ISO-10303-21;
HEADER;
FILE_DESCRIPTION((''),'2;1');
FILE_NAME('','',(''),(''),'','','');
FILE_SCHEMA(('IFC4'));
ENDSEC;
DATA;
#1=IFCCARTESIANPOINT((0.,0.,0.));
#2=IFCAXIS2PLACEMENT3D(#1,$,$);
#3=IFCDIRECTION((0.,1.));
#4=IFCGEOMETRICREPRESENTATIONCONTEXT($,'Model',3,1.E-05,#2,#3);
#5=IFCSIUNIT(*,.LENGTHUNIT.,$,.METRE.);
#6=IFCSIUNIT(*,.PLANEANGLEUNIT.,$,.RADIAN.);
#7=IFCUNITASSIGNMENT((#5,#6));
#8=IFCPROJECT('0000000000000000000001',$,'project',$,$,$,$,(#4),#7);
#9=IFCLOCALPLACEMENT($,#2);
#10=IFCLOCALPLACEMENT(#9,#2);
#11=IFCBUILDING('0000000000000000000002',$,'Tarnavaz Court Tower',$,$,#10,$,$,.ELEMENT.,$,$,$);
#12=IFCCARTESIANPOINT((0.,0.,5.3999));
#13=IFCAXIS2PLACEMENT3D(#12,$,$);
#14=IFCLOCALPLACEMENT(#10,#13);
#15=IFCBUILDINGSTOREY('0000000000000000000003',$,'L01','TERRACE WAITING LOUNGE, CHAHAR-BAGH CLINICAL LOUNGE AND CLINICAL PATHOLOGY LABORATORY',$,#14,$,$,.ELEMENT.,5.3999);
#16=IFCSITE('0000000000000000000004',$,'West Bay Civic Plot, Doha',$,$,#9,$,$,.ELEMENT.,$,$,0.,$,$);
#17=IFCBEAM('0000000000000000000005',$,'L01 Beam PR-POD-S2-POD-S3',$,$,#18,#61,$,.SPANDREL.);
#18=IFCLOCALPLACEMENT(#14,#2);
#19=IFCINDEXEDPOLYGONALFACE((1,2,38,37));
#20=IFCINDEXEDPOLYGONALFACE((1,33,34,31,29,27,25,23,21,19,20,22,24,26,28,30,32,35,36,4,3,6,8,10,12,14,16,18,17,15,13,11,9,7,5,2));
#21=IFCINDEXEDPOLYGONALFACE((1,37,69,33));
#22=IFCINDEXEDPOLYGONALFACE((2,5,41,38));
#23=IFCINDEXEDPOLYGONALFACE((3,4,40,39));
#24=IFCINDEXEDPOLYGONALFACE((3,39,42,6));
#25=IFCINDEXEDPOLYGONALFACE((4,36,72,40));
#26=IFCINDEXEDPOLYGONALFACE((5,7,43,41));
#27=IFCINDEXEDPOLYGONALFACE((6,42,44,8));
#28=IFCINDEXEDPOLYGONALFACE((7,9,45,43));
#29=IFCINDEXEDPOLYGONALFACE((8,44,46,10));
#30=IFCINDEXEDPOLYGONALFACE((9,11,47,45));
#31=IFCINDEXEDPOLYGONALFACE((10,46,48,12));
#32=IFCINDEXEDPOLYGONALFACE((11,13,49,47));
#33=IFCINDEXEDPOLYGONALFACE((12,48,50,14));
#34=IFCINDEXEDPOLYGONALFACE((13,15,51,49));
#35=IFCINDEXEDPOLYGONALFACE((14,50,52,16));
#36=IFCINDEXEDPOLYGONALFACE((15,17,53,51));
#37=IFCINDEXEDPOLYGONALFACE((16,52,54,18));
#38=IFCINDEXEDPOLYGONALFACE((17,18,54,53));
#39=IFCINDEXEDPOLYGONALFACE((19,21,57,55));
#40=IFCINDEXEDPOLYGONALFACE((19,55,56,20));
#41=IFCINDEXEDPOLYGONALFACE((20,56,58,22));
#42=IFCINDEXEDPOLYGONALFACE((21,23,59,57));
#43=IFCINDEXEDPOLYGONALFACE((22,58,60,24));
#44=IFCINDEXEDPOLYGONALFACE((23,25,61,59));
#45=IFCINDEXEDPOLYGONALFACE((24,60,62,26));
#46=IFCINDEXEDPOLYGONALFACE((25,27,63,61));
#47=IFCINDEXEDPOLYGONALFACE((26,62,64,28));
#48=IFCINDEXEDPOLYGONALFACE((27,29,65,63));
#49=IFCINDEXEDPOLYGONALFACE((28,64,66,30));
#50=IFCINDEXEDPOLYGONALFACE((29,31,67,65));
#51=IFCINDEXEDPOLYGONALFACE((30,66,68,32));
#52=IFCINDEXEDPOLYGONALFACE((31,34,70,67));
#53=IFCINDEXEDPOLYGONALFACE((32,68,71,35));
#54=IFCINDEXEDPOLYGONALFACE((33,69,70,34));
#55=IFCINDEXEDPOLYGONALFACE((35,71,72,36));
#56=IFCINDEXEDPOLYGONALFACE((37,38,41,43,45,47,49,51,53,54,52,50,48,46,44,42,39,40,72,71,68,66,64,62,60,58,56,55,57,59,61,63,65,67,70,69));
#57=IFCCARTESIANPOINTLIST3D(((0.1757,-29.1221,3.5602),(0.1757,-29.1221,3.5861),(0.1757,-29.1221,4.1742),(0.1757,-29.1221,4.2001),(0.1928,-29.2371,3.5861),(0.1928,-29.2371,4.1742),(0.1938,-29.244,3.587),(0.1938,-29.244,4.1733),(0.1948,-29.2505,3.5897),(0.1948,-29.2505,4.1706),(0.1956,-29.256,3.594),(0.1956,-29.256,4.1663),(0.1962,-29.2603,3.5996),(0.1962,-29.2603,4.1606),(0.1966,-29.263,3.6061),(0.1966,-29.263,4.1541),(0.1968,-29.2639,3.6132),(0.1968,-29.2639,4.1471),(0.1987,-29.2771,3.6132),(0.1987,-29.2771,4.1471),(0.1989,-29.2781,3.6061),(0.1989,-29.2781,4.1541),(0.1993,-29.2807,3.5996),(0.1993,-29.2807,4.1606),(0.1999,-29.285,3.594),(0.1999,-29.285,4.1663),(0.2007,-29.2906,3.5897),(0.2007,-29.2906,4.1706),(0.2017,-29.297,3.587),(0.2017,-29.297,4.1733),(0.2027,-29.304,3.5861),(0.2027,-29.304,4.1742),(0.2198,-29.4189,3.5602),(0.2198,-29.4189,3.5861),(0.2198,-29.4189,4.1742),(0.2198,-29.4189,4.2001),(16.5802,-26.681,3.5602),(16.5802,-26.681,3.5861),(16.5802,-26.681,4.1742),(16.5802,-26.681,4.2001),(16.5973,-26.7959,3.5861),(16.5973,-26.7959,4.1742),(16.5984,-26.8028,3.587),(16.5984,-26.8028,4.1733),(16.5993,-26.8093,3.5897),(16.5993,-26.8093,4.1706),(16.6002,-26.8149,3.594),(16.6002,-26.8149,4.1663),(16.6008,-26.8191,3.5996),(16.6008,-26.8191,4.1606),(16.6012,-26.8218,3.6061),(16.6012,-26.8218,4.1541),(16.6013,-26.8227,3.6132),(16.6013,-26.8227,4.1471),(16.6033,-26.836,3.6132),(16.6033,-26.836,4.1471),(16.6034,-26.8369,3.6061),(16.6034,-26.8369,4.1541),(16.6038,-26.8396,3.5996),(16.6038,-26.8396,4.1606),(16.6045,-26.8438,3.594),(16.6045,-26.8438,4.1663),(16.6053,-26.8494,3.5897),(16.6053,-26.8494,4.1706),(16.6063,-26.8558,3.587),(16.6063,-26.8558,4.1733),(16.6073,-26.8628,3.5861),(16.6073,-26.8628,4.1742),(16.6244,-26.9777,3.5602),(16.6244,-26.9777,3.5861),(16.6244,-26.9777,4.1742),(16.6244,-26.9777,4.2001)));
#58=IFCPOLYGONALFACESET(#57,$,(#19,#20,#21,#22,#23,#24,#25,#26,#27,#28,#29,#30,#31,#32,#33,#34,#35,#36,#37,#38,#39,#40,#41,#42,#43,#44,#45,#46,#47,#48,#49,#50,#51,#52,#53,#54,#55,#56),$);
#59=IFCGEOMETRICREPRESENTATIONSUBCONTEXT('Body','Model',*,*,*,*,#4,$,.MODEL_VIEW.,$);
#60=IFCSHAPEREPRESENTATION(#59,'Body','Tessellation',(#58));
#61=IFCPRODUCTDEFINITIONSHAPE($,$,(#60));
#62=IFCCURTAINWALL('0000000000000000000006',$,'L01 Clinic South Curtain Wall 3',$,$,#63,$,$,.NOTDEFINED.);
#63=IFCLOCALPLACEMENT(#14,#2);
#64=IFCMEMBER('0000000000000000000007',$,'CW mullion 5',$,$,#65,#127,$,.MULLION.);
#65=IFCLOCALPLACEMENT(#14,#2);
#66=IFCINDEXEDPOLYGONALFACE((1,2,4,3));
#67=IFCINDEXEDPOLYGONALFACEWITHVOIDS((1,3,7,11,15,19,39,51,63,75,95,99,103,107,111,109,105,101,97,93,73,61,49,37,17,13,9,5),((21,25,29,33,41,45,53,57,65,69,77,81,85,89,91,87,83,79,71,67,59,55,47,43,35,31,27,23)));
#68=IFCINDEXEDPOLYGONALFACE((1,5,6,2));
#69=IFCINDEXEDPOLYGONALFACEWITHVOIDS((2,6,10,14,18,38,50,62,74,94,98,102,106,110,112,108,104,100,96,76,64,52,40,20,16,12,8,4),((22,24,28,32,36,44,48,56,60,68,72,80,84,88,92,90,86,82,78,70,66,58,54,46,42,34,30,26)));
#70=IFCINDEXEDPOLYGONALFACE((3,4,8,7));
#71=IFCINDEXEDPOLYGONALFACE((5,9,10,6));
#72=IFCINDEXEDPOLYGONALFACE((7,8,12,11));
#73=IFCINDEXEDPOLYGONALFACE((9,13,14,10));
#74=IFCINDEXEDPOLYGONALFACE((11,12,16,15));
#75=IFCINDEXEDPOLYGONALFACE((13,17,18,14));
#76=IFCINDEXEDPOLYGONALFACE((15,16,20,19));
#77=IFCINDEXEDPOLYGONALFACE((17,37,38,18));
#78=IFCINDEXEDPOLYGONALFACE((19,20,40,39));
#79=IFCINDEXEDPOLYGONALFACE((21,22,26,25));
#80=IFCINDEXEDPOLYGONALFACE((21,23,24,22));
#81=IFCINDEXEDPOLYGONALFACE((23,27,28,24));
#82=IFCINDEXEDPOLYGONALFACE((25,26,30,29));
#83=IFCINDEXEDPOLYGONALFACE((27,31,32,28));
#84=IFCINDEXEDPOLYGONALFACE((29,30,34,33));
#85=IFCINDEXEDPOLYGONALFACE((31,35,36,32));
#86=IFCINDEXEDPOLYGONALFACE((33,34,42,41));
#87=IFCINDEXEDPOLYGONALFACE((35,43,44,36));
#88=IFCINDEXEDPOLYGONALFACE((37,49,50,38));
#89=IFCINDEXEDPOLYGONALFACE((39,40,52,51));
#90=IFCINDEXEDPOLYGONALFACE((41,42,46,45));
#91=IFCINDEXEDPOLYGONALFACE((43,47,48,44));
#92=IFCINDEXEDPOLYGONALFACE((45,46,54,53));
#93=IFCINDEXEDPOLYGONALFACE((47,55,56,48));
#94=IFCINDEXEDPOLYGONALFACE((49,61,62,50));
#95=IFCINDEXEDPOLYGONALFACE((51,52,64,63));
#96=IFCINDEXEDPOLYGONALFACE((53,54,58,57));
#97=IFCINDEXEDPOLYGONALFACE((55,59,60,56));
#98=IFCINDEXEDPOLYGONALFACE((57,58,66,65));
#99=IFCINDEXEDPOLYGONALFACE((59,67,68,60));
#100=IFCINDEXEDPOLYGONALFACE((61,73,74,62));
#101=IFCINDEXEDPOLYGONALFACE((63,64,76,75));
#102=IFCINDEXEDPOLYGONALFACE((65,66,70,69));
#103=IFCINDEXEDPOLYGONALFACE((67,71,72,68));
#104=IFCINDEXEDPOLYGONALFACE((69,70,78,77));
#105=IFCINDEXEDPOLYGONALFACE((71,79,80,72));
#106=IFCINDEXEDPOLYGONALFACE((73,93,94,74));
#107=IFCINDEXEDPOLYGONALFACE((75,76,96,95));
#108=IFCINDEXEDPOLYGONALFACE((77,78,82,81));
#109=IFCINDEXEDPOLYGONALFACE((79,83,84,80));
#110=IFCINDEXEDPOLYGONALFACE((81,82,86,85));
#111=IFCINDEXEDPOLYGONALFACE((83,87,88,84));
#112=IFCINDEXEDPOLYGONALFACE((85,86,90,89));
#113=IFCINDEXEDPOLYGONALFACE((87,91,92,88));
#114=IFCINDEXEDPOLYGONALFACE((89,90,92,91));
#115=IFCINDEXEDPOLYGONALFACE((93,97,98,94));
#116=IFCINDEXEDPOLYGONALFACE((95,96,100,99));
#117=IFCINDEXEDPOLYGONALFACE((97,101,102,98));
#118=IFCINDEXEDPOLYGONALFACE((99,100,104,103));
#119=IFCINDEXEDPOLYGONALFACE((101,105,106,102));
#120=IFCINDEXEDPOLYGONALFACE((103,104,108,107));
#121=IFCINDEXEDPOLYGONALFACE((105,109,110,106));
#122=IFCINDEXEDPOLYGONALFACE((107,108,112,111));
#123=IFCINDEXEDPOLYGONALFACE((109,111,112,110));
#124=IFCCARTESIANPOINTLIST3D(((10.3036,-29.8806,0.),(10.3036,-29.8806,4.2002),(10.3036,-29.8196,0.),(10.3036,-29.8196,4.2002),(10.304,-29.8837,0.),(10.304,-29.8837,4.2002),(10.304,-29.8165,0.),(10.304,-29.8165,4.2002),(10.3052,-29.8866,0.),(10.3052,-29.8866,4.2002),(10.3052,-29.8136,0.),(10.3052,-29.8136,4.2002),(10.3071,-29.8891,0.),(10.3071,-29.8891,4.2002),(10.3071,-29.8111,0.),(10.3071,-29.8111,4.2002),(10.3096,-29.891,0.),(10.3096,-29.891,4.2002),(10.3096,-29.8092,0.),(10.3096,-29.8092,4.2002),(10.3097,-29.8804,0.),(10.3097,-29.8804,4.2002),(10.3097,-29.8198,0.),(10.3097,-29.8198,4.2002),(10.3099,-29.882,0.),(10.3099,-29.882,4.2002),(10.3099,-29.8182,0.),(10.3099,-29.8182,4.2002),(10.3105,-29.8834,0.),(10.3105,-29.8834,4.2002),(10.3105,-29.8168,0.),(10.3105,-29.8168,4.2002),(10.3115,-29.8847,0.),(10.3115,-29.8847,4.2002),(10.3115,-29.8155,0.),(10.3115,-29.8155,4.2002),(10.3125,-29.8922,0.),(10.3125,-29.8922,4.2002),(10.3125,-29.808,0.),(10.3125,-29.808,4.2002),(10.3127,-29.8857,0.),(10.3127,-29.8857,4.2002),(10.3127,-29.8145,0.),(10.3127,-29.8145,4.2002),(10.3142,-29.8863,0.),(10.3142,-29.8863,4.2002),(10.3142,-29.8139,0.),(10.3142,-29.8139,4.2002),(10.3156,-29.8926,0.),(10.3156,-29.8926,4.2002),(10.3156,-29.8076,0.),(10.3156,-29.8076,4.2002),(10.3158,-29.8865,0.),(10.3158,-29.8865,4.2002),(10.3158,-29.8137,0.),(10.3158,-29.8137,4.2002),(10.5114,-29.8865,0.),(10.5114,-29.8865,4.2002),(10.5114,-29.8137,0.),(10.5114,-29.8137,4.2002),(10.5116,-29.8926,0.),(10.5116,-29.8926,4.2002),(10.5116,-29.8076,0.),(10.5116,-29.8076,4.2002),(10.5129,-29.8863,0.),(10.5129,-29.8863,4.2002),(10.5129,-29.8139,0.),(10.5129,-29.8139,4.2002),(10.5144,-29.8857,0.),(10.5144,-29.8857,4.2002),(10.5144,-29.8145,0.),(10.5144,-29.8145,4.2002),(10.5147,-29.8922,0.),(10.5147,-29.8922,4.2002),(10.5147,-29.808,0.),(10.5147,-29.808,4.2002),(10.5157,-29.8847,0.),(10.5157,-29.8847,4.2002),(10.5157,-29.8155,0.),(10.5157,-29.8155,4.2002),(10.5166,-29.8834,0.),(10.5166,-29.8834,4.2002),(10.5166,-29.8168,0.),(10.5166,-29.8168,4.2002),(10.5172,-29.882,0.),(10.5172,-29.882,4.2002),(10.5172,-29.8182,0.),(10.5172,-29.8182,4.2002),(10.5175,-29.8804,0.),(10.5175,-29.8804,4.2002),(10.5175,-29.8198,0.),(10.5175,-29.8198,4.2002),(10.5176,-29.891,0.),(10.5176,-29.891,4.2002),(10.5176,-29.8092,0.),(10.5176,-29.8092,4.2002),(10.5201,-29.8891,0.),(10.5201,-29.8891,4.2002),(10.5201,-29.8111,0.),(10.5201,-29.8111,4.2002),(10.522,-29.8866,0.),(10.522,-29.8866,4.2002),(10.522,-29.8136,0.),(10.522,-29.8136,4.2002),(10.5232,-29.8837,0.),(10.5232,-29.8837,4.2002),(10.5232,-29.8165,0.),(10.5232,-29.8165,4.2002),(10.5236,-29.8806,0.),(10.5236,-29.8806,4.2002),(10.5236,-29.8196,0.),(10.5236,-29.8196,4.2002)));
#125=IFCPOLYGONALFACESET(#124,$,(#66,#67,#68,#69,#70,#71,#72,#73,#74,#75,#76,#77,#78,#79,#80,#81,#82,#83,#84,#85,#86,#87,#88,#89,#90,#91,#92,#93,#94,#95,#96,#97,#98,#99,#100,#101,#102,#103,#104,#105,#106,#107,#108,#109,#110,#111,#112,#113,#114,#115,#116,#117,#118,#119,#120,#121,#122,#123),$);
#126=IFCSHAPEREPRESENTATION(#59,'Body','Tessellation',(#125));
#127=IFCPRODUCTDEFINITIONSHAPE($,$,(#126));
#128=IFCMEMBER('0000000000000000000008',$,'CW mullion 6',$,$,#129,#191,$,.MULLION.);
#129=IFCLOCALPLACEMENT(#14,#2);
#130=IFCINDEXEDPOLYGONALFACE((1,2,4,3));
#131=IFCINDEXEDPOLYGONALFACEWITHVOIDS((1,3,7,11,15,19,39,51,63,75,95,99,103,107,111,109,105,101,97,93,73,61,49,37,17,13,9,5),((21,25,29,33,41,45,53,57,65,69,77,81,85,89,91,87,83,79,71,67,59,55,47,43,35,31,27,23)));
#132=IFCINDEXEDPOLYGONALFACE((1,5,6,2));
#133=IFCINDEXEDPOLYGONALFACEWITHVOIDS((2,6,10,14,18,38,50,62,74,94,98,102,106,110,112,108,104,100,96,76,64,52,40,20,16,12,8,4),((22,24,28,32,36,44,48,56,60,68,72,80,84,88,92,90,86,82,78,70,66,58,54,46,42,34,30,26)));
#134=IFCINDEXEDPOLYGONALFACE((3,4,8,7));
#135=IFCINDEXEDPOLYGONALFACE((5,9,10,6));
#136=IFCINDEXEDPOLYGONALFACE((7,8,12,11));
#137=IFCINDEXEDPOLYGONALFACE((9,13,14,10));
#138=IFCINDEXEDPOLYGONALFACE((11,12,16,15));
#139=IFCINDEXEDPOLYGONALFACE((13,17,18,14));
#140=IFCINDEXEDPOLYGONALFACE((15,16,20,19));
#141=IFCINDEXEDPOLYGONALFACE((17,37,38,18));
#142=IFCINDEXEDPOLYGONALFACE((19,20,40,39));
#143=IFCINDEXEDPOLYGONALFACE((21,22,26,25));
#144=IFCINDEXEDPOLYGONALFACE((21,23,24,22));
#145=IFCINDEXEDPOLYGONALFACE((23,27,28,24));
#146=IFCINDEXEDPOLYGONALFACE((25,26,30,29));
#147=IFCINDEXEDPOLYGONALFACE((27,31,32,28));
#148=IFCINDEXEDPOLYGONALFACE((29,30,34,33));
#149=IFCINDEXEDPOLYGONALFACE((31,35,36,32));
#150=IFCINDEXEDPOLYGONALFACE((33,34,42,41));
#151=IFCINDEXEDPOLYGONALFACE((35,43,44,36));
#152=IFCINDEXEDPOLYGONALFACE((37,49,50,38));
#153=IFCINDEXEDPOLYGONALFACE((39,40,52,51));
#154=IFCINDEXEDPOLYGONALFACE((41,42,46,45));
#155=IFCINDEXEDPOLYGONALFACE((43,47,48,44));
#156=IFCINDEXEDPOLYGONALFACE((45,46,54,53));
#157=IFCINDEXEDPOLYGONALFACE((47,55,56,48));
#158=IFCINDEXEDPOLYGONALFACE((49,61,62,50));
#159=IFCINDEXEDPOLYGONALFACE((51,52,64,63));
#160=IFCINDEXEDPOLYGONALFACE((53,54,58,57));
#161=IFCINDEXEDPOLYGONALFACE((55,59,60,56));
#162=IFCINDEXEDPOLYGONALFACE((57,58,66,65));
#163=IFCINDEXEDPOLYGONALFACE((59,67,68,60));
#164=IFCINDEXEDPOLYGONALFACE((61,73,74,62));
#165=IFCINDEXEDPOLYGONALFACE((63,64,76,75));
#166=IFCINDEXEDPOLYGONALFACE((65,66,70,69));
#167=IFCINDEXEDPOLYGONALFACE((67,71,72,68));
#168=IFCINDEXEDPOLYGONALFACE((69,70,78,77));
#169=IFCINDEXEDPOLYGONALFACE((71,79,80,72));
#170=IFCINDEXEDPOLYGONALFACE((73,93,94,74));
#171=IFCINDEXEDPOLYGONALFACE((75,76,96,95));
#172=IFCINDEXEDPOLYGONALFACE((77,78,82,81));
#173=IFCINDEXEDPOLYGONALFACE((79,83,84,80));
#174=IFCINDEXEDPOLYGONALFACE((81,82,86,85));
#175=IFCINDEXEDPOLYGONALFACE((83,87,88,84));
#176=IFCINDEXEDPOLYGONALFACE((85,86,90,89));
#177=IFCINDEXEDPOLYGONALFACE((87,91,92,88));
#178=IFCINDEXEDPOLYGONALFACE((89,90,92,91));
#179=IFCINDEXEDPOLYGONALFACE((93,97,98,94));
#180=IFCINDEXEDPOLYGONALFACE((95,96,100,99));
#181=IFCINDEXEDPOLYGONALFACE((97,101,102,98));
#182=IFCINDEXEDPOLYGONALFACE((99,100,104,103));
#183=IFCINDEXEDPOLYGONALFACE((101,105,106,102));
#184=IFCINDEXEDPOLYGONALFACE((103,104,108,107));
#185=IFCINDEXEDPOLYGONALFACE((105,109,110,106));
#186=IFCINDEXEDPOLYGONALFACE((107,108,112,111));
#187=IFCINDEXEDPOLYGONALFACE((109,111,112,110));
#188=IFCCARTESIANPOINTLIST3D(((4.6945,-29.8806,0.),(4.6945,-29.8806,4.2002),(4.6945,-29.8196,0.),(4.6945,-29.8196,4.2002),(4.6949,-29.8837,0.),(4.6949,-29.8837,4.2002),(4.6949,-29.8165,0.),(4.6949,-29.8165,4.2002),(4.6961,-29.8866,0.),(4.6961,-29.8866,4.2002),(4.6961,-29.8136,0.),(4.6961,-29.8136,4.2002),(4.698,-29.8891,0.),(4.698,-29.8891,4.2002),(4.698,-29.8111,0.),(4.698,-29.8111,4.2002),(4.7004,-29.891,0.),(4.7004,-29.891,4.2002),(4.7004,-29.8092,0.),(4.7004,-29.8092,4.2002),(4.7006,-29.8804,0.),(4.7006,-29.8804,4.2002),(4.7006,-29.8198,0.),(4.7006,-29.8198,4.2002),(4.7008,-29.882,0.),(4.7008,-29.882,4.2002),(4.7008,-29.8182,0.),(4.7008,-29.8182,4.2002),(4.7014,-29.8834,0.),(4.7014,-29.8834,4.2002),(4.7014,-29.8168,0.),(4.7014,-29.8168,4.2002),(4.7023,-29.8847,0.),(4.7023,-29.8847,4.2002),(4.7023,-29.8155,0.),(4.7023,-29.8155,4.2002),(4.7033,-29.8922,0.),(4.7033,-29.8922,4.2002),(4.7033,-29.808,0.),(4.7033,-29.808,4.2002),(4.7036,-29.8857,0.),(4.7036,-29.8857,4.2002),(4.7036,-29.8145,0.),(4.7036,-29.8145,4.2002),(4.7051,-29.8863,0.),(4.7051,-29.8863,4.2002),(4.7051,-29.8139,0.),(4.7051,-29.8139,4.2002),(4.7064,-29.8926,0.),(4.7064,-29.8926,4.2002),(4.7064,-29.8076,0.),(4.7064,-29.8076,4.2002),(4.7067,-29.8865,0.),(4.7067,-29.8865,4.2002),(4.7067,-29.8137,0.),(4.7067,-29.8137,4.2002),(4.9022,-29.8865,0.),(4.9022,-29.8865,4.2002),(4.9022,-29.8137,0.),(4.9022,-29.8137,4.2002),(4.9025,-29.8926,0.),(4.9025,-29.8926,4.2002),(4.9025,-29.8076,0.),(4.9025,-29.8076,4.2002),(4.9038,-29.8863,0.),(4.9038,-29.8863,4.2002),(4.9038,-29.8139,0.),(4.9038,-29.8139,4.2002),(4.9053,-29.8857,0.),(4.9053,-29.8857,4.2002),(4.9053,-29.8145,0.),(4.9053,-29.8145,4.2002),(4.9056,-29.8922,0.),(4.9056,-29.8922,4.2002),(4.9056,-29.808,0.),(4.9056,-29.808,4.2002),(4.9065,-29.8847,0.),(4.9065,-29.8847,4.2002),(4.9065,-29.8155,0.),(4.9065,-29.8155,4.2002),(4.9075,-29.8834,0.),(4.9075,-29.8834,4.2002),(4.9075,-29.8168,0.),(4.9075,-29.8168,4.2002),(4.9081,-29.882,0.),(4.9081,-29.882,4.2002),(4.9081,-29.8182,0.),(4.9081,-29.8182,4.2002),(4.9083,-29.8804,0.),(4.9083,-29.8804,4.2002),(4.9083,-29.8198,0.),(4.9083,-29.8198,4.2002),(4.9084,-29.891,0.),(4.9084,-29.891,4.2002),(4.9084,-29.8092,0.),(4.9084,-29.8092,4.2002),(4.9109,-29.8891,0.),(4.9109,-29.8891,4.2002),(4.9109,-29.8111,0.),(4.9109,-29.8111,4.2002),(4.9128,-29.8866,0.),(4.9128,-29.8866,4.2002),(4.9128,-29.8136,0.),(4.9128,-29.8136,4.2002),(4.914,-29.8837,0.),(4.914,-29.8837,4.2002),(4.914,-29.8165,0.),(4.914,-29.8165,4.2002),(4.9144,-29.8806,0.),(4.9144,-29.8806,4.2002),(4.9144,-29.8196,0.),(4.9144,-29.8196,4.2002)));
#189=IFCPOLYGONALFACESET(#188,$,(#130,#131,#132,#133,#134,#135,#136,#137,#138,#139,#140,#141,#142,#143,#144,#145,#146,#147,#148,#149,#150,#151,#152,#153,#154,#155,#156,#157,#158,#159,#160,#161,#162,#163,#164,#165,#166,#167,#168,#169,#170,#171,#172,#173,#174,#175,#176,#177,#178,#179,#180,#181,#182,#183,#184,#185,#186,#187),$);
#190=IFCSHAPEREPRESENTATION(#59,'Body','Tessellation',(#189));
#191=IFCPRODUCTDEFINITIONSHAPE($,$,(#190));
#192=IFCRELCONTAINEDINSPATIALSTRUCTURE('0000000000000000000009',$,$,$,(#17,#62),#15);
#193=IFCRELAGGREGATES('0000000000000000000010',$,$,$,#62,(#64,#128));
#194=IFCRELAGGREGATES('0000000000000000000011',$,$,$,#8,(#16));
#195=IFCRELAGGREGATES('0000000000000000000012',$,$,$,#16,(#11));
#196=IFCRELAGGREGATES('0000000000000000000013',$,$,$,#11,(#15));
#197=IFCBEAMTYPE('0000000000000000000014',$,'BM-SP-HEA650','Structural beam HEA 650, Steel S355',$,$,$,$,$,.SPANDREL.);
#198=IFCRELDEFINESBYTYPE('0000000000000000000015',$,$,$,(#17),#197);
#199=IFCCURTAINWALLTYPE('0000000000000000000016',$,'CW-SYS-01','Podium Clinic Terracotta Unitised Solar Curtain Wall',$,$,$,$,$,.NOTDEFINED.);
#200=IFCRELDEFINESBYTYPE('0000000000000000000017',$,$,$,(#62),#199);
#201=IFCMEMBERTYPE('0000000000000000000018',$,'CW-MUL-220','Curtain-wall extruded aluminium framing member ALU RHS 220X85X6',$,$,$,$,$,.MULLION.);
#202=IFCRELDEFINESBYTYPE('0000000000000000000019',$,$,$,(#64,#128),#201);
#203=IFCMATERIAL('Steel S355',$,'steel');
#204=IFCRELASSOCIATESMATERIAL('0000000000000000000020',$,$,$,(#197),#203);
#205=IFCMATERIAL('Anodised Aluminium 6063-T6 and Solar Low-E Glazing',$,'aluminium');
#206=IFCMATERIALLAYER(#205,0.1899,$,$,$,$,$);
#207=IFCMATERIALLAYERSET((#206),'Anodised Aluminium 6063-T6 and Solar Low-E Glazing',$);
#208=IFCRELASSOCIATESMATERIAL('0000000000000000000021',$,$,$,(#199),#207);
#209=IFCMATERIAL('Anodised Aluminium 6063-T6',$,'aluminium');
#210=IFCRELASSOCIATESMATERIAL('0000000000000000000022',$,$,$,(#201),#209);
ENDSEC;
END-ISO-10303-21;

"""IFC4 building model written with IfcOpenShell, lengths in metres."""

from ifc_helpers import new_model, si_unit, direction, frame, origin, origin_2d, place, context, subcontext, project, spatial, hollow_rectangle, i_section, extrude, material, layer, layer_set, material_profile, profile_set, type_object, element, aggregate, save


model = new_model("IFC4")

# Units and contexts
model_context = context("Model", 3, precision=1e-05, world=origin(), true_north=direction((0.0, 1.0)))
body_context = subcontext(model_context, "Body", "Model", "MODEL_VIEW")
ifc_project = project(units=[si_unit("LENGTHUNIT", "METRE"), si_unit("PLANEANGLEUNIT", "RADIAN")], contexts=[model_context])

# Site, building, storey
site_placement = place(None, origin())
site = spatial("IfcSite", under=ifc_project, at=site_placement, Name="West Bay Civic Plot, Doha", CompositionType="ELEMENT", RefElevation=0.0)
building_placement = place(site_placement, origin())
building = spatial("IfcBuilding", under=site, at=building_placement, Name="Tarnavaz Court Tower", CompositionType="ELEMENT")
storey_placement = place(building_placement, frame((0.0, 0.0, 5.3999)))
storey = spatial("IfcBuildingStorey", under=building, at=storey_placement, Name="L01", Description="TERRACE WAITING LOUNGE, CHAHAR-BAGH CLINICAL LOUNGE AND CLINICAL PATHOLOGY LABORATORY", CompositionType="ELEMENT", Elevation=5.3999)

# Beam
ifc_material_1 = material(Name="Steel S355", Category="steel")
ifc_material_profile_1 = material_profile(ifc_material_1, i_section(OverallWidth=0.3, OverallDepth=0.6399, WebThickness=0.0134, FlangeThickness=0.0259, FilletRadius=0.0271, at=origin_2d()), Name="HEA 650")
ifc_profile_set_1 = profile_set([ifc_material_profile_1], Name="Steel S355")
beam_type_1 = type_object("IfcBeamType", Name="BM-SP-HEA650", Description="Structural beam HEA 650, Steel S355", PredefinedType="SPANDREL", material=ifc_profile_set_1)
beam_1_placement = place(storey_placement, frame((0.1978, -29.2705, 3.8801), z_axis=(0.989108, 0.147189, 0.0), x_axis=(-0.147189, 0.989108, 0.0)))
element("IfcBeam", 1, at=beam_1_placement, inside=storey, type_object=beam_type_1, Name="L01 Beam PR-POD-S2-POD-S3", PredefinedType="SPANDREL", context=body_context, shape_type="SweptSolid", body=[
    extrude(i_section(OverallWidth=0.3, OverallDepth=0.6399, WebThickness=0.0134, FlangeThickness=0.0259, FilletRadius=0.0271, at=origin_2d()), origin(), (0.0, 0.0, 1.0), 16.5852),
])

# Curtain wall, members
ifc_material_2 = material(Name="Anodised Aluminium 6063-T6 and Solar Low-E Glazing", Category="aluminium")
ifc_layer_1 = layer(ifc_material_2, 0.1899)
ifc_layer_set_1 = layer_set([ifc_layer_1], Name="Anodised Aluminium 6063-T6 and Solar Low-E Glazing")
curtain_wall_type = type_object("IfcCurtainWallType", Name="CW-SYS-01", Description="Podium Clinic Terracotta Unitised Solar Curtain Wall", PredefinedType="NOTDEFINED", material=ifc_layer_set_1)
curtain_wall_placement = place(storey_placement, origin())
curtain_wall = element("IfcCurtainWall", 2, at=curtain_wall_placement, inside=storey, type_object=curtain_wall_type, Name="L01 Clinic South Curtain Wall 3", PredefinedType="NOTDEFINED")
ifc_material_3 = material(Name="Anodised Aluminium 6063-T6", Category="aluminium")
ifc_material_profile_2 = material_profile(ifc_material_3, hollow_rectangle(XDim=0.085, YDim=0.22, WallThickness=0.0061, InnerFilletRadius=0.0061, OuterFilletRadius=0.012, at=origin_2d()), Name="ALU RHS 220X85X6")
ifc_profile_set_2 = profile_set([ifc_material_profile_2], Name="Anodised Aluminium 6063-T6")
member_type_1 = type_object("IfcMemberType", Name="CW-MUL-220", Description="Curtain-wall extruded aluminium framing member ALU RHS 220X85X6", PredefinedType="MULLION", material=ifc_profile_set_2)
member_1_placement = place(storey_placement, frame((10.4136, -29.8501, 0.0), z_axis=(0.0, 0.0, 1.0), x_axis=(0.0, -1.0, 0.0)))
member_1 = element("IfcMember", 3, at=member_1_placement, type_object=member_type_1, Name="CW mullion 5", PredefinedType="MULLION", context=body_context, shape_type="SweptSolid", body=[
    extrude(hollow_rectangle(XDim=0.085, YDim=0.22, WallThickness=0.0061, InnerFilletRadius=0.0061, OuterFilletRadius=0.012, at=origin_2d()), origin(), (0.0, 0.0, 1.0), 4.2002),
])
member_2_placement = place(storey_placement, frame((4.8044, -29.8501, 0.0), z_axis=(0.0, 0.0, 1.0), x_axis=(0.0, -1.0, 0.0)))
member_2 = element("IfcMember", 4, at=member_2_placement, type_object=member_type_1, Name="CW mullion 6", PredefinedType="MULLION", context=body_context, shape_type="SweptSolid", body=[
    extrude(hollow_rectangle(XDim=0.085, YDim=0.22, WallThickness=0.0061, InnerFilletRadius=0.0061, OuterFilletRadius=0.012, at=origin_2d()), origin(), (0.0, 0.0, 1.0), 4.2002),
])
aggregate(curtain_wall, [member_1, member_2])

save(model, "model.ifc")
